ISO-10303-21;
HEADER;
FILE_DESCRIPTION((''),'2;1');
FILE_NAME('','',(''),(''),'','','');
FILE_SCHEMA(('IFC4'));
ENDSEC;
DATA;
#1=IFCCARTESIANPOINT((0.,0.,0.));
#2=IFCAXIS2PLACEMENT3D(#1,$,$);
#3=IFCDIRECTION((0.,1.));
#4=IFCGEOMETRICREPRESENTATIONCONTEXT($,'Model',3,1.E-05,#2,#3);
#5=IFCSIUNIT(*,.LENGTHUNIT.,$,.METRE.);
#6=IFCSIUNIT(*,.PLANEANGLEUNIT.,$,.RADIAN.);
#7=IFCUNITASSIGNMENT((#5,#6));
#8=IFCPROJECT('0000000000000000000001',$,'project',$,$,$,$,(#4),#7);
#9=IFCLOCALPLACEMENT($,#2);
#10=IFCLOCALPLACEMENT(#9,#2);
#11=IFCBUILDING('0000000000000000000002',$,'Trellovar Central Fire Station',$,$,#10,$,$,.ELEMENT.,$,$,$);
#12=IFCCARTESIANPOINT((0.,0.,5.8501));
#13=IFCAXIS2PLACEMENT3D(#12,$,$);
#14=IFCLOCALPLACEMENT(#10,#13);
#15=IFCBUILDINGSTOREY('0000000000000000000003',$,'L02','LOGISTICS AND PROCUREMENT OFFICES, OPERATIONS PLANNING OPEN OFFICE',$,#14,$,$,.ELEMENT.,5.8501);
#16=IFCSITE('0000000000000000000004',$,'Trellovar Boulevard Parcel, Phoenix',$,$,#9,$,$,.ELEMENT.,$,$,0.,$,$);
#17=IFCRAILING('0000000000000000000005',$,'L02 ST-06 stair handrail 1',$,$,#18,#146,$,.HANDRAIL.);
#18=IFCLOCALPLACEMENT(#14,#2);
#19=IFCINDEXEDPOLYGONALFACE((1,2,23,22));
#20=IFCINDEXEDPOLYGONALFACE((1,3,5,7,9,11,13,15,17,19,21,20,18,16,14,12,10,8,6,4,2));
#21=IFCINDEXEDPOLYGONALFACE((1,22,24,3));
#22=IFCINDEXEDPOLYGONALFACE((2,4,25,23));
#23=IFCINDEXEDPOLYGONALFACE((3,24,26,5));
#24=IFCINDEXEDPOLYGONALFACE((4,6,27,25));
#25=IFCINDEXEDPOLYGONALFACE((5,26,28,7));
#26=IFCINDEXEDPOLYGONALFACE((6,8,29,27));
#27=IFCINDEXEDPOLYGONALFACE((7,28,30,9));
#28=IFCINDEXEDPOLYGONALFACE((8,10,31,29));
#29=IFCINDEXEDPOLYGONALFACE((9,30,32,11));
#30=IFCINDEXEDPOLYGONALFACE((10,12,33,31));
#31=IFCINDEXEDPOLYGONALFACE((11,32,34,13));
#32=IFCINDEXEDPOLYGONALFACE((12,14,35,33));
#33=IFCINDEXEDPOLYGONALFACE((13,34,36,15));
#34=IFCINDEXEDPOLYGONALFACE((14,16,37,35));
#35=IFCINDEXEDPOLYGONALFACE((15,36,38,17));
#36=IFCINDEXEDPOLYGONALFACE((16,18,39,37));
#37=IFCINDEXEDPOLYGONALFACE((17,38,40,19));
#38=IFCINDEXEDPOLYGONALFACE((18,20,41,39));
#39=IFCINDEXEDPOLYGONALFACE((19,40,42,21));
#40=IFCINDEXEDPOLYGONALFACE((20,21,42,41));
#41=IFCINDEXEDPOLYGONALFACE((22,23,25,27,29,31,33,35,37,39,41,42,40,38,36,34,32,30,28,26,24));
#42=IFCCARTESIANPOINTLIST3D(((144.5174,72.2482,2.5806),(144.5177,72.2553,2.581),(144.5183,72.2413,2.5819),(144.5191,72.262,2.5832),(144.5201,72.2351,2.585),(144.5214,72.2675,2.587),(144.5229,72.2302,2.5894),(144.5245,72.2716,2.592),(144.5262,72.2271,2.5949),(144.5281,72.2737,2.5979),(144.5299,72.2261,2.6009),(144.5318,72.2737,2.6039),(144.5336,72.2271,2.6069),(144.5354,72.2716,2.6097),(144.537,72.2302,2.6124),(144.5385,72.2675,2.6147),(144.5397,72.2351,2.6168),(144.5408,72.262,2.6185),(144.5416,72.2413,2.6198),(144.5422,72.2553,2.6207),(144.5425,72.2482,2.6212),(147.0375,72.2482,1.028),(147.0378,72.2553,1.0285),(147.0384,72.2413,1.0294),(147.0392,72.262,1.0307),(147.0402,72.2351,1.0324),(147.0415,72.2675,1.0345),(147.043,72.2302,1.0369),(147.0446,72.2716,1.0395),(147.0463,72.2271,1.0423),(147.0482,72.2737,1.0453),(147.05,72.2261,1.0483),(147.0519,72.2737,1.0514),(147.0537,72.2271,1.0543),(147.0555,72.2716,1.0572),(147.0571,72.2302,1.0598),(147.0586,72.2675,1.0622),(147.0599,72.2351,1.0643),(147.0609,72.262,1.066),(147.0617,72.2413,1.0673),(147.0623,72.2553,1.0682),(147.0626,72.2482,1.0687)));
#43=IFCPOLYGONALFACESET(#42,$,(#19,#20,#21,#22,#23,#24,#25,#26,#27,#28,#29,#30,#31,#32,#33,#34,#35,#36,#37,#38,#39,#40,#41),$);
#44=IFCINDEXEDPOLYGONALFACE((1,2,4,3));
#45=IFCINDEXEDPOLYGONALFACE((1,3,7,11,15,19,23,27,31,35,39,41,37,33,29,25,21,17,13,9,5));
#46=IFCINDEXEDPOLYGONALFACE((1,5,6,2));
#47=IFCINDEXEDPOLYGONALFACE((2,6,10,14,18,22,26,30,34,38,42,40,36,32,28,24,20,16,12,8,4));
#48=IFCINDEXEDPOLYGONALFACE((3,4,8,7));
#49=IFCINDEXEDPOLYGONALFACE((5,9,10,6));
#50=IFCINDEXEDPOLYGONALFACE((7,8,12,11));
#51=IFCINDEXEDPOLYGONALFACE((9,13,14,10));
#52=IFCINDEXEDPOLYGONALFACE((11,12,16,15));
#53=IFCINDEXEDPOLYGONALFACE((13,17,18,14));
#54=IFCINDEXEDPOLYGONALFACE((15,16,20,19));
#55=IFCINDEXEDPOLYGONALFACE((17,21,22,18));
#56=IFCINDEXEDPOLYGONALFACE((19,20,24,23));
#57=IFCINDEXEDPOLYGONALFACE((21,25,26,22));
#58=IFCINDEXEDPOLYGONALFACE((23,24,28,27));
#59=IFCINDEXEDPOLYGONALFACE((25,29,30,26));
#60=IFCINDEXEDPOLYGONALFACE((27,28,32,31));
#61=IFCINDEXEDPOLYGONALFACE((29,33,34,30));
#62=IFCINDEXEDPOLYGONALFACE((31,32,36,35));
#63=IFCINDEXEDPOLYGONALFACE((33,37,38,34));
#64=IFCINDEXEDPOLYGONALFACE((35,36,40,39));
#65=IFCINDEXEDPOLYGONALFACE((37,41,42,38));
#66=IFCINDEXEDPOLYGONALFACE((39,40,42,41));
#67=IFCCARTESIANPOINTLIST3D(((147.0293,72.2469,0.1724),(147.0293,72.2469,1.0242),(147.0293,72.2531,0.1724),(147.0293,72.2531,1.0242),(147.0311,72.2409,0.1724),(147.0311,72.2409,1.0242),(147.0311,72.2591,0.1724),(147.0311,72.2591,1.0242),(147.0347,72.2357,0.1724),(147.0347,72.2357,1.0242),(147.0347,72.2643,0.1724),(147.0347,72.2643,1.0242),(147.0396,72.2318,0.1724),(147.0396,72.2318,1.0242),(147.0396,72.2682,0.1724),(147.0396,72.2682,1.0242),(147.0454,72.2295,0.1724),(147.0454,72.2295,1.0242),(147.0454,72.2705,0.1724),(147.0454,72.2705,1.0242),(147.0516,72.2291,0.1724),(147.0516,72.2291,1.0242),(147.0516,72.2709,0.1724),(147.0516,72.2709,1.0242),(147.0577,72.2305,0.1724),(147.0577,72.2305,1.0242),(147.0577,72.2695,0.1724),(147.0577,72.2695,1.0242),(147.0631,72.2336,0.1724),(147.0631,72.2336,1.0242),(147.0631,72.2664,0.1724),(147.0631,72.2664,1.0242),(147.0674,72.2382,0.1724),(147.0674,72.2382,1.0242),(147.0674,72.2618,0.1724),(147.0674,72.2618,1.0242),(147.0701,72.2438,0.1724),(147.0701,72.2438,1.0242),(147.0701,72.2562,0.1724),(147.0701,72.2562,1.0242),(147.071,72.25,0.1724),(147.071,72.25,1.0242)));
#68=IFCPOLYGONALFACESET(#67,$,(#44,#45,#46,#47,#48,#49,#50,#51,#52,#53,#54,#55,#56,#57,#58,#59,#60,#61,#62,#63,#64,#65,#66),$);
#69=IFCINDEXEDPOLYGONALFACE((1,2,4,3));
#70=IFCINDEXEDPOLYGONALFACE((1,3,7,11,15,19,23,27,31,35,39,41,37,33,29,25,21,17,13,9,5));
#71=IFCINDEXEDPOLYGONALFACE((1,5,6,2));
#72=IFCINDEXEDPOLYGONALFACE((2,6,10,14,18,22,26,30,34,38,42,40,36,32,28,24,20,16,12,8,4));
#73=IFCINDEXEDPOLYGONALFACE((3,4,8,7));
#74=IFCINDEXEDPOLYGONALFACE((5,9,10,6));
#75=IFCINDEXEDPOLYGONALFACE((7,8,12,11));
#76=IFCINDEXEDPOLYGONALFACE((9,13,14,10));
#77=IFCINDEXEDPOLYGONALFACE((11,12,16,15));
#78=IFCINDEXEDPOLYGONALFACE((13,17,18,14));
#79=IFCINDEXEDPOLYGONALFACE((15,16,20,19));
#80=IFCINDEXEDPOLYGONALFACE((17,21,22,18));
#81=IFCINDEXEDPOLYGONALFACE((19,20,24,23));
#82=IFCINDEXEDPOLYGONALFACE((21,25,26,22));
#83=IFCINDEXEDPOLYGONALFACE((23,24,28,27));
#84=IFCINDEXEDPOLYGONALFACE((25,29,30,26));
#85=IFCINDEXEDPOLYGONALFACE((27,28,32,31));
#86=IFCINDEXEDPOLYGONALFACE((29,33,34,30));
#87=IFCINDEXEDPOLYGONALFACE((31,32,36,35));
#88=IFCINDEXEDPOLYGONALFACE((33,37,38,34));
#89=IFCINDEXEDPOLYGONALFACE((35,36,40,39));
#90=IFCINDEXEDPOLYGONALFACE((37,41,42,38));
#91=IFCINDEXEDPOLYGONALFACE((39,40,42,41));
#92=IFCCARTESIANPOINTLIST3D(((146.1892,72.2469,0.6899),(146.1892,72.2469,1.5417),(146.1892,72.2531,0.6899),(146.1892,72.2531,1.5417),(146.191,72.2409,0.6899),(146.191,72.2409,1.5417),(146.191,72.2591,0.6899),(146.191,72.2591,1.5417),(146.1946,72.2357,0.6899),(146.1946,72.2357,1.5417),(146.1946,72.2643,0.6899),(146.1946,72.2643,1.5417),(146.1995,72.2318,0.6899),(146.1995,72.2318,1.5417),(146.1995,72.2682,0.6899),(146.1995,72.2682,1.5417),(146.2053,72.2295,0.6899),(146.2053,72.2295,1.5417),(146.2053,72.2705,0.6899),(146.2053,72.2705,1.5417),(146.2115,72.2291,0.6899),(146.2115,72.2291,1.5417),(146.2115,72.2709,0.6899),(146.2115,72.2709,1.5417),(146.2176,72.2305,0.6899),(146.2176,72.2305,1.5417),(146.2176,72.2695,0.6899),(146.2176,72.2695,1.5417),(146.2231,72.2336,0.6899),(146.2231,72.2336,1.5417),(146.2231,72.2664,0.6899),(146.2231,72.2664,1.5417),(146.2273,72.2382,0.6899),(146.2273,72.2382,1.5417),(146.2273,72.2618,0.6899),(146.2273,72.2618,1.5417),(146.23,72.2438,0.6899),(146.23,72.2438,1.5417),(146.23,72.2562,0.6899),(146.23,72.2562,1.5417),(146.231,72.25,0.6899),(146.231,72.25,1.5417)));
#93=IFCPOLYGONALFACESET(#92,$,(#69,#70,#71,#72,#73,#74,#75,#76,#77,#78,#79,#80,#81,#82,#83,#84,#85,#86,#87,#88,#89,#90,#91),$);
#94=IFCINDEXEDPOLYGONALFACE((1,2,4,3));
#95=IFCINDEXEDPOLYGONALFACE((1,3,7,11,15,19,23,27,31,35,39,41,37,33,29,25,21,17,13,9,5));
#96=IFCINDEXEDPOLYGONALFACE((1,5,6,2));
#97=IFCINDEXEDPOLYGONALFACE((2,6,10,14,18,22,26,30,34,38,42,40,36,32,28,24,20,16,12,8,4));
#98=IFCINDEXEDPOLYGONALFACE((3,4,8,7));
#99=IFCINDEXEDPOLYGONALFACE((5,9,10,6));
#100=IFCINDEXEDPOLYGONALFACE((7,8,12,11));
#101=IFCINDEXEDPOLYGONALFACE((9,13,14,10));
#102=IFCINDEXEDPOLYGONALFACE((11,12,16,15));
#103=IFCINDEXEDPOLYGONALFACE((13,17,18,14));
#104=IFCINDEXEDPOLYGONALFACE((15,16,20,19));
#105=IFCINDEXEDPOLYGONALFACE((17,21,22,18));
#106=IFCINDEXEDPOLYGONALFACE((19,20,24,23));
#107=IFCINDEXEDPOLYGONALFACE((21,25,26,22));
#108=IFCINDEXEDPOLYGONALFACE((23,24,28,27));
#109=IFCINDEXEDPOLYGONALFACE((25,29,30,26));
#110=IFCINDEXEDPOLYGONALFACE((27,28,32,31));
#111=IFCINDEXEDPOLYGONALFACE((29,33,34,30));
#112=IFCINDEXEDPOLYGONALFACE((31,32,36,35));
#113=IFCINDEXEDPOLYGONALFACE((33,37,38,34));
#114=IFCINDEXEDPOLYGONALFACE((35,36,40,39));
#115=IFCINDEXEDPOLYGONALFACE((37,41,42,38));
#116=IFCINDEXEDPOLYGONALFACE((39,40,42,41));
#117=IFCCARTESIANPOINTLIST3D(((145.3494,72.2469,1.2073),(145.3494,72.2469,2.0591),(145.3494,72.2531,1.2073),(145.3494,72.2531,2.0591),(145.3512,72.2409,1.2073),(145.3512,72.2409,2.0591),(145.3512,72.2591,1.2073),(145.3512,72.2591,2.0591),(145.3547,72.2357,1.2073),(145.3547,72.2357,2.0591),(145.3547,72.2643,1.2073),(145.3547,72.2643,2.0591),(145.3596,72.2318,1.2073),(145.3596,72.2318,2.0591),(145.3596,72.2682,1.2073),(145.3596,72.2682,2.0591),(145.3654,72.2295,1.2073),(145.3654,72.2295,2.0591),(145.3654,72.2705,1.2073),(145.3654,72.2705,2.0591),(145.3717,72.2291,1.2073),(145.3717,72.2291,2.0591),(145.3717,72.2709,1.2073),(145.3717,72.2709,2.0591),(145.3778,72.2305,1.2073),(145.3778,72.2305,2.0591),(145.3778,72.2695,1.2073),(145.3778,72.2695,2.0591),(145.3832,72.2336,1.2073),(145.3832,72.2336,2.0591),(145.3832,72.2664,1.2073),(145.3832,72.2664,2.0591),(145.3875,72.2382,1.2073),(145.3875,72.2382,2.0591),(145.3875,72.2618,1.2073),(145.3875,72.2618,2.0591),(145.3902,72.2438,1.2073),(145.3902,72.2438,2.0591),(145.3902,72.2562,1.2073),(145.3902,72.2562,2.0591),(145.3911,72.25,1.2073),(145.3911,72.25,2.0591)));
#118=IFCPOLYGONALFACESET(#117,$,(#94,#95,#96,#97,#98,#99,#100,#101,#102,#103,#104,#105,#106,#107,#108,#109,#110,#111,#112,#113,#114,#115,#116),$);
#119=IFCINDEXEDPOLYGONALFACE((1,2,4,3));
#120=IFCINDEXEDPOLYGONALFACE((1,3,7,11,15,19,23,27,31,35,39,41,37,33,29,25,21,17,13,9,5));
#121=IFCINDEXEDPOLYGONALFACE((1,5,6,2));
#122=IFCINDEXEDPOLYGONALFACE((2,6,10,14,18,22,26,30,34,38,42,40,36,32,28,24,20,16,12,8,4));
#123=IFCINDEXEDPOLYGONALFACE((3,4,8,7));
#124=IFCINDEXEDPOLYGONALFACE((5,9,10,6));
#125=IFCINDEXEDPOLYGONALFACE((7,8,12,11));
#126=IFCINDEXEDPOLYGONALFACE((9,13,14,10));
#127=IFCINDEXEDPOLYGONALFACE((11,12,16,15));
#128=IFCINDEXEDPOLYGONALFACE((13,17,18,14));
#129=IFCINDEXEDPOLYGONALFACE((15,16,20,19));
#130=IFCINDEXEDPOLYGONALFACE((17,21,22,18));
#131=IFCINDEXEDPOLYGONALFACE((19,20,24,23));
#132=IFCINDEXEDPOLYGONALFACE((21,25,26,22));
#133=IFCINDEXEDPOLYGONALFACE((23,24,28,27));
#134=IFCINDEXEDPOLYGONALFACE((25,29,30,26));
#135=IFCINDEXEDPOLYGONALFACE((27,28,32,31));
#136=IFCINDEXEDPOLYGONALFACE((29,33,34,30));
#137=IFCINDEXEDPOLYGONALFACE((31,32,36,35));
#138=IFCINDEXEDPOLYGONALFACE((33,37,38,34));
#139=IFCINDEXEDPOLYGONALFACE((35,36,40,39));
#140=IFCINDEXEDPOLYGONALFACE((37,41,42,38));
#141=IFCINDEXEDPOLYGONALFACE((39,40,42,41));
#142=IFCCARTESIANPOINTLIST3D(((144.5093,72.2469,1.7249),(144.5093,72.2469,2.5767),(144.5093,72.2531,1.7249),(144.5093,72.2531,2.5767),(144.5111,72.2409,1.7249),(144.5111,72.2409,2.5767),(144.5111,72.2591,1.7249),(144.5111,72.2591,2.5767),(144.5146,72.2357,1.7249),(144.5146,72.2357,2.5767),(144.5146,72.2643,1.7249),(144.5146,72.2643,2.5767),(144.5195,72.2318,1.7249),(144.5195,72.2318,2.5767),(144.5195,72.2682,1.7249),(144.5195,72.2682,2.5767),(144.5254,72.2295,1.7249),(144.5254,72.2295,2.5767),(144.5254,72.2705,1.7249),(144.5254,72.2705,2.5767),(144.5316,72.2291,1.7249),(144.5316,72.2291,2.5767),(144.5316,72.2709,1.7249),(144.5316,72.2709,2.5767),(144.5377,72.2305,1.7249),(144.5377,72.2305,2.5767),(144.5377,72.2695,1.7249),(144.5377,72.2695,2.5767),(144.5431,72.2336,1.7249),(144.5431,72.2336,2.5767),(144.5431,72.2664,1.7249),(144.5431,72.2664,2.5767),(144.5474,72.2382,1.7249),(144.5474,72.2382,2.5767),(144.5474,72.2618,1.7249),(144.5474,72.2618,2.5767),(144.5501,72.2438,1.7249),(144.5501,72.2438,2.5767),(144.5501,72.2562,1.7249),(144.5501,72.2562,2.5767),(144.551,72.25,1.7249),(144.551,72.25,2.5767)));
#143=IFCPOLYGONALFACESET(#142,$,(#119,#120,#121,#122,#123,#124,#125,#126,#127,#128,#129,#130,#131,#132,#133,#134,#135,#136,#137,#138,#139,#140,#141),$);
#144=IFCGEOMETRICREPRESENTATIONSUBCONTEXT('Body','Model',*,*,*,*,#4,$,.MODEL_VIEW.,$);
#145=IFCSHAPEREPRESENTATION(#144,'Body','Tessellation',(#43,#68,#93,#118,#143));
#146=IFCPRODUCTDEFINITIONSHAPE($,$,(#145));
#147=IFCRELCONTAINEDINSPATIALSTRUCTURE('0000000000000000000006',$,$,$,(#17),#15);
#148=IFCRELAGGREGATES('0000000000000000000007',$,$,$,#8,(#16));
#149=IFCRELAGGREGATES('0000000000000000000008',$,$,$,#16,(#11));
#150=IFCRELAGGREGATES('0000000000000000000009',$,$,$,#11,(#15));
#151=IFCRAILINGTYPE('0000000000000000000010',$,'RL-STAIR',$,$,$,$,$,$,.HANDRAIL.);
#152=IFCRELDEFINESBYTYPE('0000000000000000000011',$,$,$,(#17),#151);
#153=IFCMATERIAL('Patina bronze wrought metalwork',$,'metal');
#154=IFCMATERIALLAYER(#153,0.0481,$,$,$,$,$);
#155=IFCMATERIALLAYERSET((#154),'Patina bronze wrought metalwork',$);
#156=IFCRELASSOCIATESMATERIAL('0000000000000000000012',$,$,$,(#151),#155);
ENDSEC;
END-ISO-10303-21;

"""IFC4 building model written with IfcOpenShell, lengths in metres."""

from ifc_helpers import new_model, si_unit, direction, frame, origin, origin_2d, place, context, subcontext, project, spatial, circle, extrude, material, layer, layer_set, type_object, element, save


model = new_model("IFC4")

# Units and contexts
model_context = context("Model", 3, precision=1e-05, world=origin(), true_north=direction((0.0, 1.0)))
body_context = subcontext(model_context, "Body", "Model", "MODEL_VIEW")
ifc_project = project(units=[si_unit("LENGTHUNIT", "METRE"), si_unit("PLANEANGLEUNIT", "RADIAN")], contexts=[model_context])

# Site, building, storey
site_placement = place(None, origin())
site = spatial("IfcSite", under=ifc_project, at=site_placement, Name="Trellovar Boulevard Parcel, Phoenix", CompositionType="ELEMENT", RefElevation=0.0)
building_placement = place(site_placement, origin())
building = spatial("IfcBuilding", under=site, at=building_placement, Name="Trellovar Central Fire Station", CompositionType="ELEMENT")
storey_placement = place(building_placement, frame((0.0, 0.0, 5.8501)))
storey = spatial("IfcBuildingStorey", under=building, at=storey_placement, Name="L02", Description="LOGISTICS AND PROCUREMENT OFFICES, OPERATIONS PLANNING OPEN OFFICE", CompositionType="ELEMENT", Elevation=5.8501)

# Railing
ifc_material_1 = material(Name="Patina bronze wrought metalwork", Category="metal")
ifc_layer_1 = layer(ifc_material_1, 0.0481)
ifc_layer_set_1 = layer_set([ifc_layer_1], Name="Patina bronze wrought metalwork")
railing_type_1 = type_object("IfcRailingType", Name="RL-STAIR", PredefinedType="HANDRAIL", material=ifc_layer_set_1)
railing_1_placement = place(storey_placement, frame((147.05, 72.25, 0.1724)))
element("IfcRailing", 1, at=railing_1_placement, inside=storey, type_object=railing_type_1, Name="L02 ST-06 stair handrail 1", PredefinedType="HANDRAIL", context=body_context, shape_type="SweptSolid", body=[
    extrude(circle(Radius=0.0239, at=origin_2d()), frame((0.0, 0.0, 0.876), z_axis=(-0.8514, 0.0, 0.524516), x_axis=(0.0, -1.0, 0.0)), (0.0, 0.0, 1.0), 2.96),
    extrude(circle(Radius=0.021, at=origin_2d()), origin(), (0.0, 0.0, 1.0), 0.8518),
    extrude(circle(Radius=0.021, at=origin_2d()), frame((-0.8401, 0.0, 0.5176)), (0.0, 0.0, 1.0), 0.8518),
    extrude(circle(Radius=0.021, at=origin_2d()), frame((-1.6799, 0.0, 1.0349)), (0.0, 0.0, 1.0), 0.8518),
    extrude(circle(Radius=0.021, at=origin_2d()), frame((-2.52, 0.0, 1.5525)), (0.0, 0.0, 1.0), 0.8518),
])

save(model, "model.ifc")
